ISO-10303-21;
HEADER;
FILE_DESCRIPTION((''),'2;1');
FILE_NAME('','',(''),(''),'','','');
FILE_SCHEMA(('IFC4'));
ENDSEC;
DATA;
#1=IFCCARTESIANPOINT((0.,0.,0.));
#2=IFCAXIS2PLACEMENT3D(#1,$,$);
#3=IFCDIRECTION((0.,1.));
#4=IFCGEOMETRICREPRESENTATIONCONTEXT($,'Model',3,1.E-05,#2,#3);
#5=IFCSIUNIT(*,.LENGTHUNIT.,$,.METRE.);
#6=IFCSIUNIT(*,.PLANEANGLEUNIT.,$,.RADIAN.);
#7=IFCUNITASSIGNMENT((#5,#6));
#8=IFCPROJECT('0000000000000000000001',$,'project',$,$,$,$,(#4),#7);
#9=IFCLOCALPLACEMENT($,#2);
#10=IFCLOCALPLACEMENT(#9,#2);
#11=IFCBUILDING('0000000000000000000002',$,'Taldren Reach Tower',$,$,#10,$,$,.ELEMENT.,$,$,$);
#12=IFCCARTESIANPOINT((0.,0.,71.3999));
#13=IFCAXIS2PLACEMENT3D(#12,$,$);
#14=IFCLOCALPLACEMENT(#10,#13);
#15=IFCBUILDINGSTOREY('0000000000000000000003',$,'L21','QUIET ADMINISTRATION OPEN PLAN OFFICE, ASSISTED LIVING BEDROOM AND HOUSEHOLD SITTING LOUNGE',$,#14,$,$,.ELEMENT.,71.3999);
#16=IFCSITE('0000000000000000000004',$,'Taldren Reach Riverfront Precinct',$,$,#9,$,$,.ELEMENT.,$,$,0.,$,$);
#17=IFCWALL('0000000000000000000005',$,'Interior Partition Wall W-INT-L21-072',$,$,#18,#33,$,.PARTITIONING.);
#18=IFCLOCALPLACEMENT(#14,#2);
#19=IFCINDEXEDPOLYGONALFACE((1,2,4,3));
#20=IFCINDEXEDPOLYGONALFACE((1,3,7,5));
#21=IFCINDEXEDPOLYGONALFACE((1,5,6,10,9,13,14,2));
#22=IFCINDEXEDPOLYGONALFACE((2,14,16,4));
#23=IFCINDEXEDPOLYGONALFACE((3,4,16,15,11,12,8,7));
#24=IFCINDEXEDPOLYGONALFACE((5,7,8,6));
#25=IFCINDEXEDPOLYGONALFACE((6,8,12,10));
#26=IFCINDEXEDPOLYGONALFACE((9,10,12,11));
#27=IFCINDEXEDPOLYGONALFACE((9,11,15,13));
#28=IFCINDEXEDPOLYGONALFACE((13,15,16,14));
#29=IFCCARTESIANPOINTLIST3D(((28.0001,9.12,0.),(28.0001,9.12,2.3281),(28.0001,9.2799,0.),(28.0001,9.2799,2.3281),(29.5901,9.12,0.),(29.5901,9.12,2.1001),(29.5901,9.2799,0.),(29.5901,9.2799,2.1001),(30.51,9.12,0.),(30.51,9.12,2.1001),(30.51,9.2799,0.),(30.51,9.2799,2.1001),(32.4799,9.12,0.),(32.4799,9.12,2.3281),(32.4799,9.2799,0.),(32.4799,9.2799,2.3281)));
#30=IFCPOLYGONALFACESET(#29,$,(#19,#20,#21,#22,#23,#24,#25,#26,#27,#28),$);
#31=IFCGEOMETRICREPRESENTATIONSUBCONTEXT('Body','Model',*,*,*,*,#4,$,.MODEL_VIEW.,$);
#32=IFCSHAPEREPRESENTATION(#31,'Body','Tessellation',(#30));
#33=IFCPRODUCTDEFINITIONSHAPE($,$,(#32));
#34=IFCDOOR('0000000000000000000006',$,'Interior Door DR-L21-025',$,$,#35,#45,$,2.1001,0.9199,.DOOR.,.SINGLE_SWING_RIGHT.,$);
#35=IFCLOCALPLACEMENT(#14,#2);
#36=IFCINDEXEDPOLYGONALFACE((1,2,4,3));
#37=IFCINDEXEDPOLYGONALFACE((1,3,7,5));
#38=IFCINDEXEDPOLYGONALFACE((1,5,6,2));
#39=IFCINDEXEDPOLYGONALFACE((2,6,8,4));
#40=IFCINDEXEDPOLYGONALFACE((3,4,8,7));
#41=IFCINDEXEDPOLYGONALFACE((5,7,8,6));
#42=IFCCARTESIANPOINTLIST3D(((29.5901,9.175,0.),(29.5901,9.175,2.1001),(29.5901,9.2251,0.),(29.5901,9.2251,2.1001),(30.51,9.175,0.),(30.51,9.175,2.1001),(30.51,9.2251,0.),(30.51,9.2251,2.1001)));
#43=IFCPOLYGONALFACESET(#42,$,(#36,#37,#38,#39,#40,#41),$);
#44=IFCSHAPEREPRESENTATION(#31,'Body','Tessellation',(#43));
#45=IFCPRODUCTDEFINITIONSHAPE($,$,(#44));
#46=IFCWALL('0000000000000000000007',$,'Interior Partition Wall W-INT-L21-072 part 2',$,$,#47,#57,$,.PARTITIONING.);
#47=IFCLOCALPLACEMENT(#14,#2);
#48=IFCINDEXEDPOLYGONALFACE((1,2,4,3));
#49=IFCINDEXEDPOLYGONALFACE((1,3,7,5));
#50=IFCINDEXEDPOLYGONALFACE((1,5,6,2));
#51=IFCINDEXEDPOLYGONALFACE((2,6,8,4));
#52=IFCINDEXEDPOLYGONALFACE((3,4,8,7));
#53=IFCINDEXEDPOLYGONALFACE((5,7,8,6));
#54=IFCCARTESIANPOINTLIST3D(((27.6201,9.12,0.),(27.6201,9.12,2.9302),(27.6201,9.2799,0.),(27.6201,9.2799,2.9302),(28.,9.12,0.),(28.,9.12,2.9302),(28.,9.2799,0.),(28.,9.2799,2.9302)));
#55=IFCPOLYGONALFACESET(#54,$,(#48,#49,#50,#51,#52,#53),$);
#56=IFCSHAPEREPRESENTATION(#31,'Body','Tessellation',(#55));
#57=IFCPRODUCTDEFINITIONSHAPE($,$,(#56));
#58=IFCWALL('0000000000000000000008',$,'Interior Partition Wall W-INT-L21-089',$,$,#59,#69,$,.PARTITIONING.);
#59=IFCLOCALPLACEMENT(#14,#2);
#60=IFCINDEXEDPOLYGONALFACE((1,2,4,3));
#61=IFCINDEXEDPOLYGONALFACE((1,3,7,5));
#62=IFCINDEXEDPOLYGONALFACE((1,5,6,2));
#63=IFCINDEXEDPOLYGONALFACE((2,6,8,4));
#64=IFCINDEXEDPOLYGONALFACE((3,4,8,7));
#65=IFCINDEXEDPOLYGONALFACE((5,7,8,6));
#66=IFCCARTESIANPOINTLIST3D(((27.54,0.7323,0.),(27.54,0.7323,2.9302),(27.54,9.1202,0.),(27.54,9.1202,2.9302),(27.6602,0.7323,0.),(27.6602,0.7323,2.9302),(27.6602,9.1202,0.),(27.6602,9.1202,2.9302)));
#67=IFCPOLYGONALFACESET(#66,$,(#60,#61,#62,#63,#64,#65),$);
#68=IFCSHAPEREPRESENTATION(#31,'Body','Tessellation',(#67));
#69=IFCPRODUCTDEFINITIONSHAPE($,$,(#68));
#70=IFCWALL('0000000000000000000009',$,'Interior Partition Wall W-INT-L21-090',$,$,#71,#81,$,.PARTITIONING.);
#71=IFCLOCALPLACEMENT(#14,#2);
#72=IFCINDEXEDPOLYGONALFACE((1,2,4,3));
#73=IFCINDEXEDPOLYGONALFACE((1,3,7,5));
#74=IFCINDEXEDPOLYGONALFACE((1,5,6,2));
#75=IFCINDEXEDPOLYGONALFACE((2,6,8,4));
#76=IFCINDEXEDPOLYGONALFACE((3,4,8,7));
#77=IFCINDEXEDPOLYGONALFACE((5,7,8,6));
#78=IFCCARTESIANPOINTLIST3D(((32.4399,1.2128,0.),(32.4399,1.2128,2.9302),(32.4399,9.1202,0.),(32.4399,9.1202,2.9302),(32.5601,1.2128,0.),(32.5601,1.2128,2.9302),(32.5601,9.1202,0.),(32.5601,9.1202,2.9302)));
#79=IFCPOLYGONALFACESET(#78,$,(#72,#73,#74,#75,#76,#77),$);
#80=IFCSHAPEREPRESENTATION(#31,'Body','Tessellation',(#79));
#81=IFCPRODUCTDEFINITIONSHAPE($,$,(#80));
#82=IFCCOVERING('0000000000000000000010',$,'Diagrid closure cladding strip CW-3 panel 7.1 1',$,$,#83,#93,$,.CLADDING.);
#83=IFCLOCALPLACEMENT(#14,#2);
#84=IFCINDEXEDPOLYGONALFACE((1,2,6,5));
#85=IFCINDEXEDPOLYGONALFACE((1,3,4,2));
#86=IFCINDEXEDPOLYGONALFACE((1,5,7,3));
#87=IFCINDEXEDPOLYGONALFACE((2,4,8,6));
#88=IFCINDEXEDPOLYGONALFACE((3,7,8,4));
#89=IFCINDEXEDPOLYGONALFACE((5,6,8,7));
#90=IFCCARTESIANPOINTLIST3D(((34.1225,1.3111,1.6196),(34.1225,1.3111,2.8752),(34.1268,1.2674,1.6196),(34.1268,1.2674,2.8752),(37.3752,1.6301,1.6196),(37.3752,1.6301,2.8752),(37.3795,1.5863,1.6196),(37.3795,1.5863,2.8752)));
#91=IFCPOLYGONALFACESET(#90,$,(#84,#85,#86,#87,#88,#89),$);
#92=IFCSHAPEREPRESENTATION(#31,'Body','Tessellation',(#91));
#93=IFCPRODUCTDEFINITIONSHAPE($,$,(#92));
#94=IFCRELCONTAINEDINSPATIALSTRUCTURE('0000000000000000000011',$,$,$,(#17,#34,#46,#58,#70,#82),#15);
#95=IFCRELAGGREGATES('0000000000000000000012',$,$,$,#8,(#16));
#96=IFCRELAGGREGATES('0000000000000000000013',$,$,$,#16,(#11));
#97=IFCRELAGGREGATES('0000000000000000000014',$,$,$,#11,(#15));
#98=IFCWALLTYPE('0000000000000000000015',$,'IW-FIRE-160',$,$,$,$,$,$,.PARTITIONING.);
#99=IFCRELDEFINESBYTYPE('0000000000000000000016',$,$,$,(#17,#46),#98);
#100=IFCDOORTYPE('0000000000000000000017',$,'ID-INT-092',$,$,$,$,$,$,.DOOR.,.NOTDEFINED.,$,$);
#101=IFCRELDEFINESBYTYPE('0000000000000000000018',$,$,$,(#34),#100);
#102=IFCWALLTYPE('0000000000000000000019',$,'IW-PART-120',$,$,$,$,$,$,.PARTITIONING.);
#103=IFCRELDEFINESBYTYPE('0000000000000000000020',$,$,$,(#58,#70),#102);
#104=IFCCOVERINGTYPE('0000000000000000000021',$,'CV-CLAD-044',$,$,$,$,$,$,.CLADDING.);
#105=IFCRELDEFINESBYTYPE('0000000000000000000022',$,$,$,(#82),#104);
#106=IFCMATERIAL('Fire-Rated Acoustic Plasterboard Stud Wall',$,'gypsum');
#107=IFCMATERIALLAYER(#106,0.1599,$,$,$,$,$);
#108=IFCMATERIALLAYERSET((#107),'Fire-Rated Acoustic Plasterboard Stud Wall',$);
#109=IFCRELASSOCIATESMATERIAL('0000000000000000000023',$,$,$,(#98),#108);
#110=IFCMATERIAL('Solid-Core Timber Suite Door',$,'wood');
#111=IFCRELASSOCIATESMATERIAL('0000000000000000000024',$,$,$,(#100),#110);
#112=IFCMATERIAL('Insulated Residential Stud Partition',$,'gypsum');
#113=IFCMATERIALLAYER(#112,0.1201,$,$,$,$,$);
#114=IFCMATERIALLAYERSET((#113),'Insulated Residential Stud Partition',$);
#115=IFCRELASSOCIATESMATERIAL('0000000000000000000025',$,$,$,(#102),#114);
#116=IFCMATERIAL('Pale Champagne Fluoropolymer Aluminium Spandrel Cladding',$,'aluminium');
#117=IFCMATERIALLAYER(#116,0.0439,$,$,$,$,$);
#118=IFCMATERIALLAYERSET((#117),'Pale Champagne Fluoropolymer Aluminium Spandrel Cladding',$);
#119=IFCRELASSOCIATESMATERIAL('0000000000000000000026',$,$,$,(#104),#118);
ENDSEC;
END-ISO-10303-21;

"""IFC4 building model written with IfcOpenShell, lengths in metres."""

from ifc_helpers import new_model, si_unit, direction, frame, frame_2d, origin, origin_2d, place, context, subcontext, project, spatial, rectangle, extrude, source, transform, mapped, material, layer, layer_set, type_object, element, fill, save


model = new_model("IFC4")

# Units and contexts
model_context = context("Model", 3, precision=1e-05, world=origin(), true_north=direction((0.0, 1.0)))
body_context = subcontext(model_context, "Body", "Model", "MODEL_VIEW")
ifc_project = project(units=[si_unit("LENGTHUNIT", "METRE"), si_unit("PLANEANGLEUNIT", "RADIAN")], contexts=[model_context])

# Site, building, storey
site_placement = place(None, origin())
site = spatial("IfcSite", under=ifc_project, at=site_placement, Name="Taldren Reach Riverfront Precinct", CompositionType="ELEMENT", RefElevation=0.0)
building_placement = place(site_placement, origin())
building = spatial("IfcBuilding", under=site, at=building_placement, Name="Taldren Reach Tower", CompositionType="ELEMENT")
storey_placement = place(building_placement, frame((0.0, 0.0, 71.3999)))
storey = spatial("IfcBuildingStorey", under=building, at=storey_placement, Name="L21", Description="QUIET ADMINISTRATION OPEN PLAN OFFICE, ASSISTED LIVING BEDROOM AND HOUSEHOLD SITTING LOUNGE", CompositionType="ELEMENT", Elevation=71.3999)

# Shared definitions
ifc_material_1 = material(Name="Fire-Rated Acoustic Plasterboard Stud Wall", Category="gypsum")
ifc_layer_1 = layer(ifc_material_1, 0.1599)
ifc_layer_set_1 = layer_set([ifc_layer_1], Name="Fire-Rated Acoustic Plasterboard Stud Wall")
wall_type_1 = type_object("IfcWallType", Name="IW-FIRE-160", PredefinedType="PARTITIONING", material=ifc_layer_set_1)

# Wall, opening, door
shared_shape_1 = source(origin(), body_context, "Body", "SweptSolid", [
    extrude(rectangle(XDim=0.9199, YDim=2.1001, at=frame_2d((0.46, 1.05))), frame((0.0, 0.0898, 0.0), z_axis=(0.0, -1.0, 0.0), x_axis=(1.0, 0.0, 0.0)), (0.0, 0.0, 1.0), 0.1799),
])
ifc_material_2 = material(Name="Solid-Core Timber Suite Door", Category="wood")
door_type = type_object("IfcDoorType", Name="ID-INT-092", OperationType="NOTDEFINED", PredefinedType="DOOR", material=ifc_material_2)
shared_shape_2 = source(origin(), body_context, "Body", "SweptSolid", [
    extrude(rectangle(XDim=0.9199, YDim=2.1001, at=frame_2d((0.46, 1.05))), frame((0.0, 0.0249, 0.0), z_axis=(0.0, -1.0, 0.0), x_axis=(1.0, 0.0, 0.0)), (0.0, 0.0, 1.0), 0.05),
])
shared_shape_3 = source(origin(), body_context, "Body", "SweptSolid", [
    extrude(rectangle(XDim=4.4797, YDim=0.1599, at=frame_2d((2.2397, 0.0))), origin(), (0.0, 0.0, 1.0), 2.3281),
])
wall_1_placement = place(storey_placement, frame((32.4797, 9.2, 0.0), z_axis=(0.0, 0.0, 1.0), x_axis=(-1.0, 0.0, 0.0)))
wall_1 = element("IfcWall", 1, at=wall_1_placement, inside=storey, type_object=wall_type_1, Name="Interior Partition Wall W-INT-L21-072", PredefinedType="PARTITIONING", context=body_context, shape_type="MappedRepresentation", body=[
    mapped(shared_shape_3, transform((0.0, 0.0, 0.0), scale=1.0)),
])
opening_1_placement = place(wall_1_placement, frame((1.9697, 0.0, 0.0)))
opening_1 = element("IfcOpeningElement", 2, at=opening_1_placement, cuts=wall_1, PredefinedType="OPENING", context=body_context, shape_type="MappedRepresentation", body=[
    mapped(shared_shape_1, transform((0.0, 0.0, 0.0), scale=1.0)),
])
door_1_placement = place(opening_1_placement, origin())
door_1 = element("IfcDoor", 3, at=door_1_placement, inside=storey, type_object=door_type, Name="Interior Door DR-L21-025", OperationType="SINGLE_SWING_RIGHT", OverallHeight=2.1001, OverallWidth=0.9199, PredefinedType="DOOR", context=body_context, shape_type="MappedRepresentation", body=[
    mapped(shared_shape_2, transform((0.0, 0.0, 0.0), scale=1.0)),
])
fill(opening_1, door_1)

# Walls
shared_shape_4 = source(origin(), body_context, "Body", "SweptSolid", [
    extrude(rectangle(XDim=0.3799, YDim=0.1599, at=frame_2d((0.1899, 0.0))), origin(), (0.0, 0.0, 1.0), 2.9302),
])
wall_2_placement = place(storey_placement, frame((28.0, 9.2, 0.0), z_axis=(0.0, 0.0, 1.0), x_axis=(-1.0, 0.0, 0.0)))
element("IfcWall", 4, at=wall_2_placement, inside=storey, type_object=wall_type_1, Name="Interior Partition Wall W-INT-L21-072 part 2", PredefinedType="PARTITIONING", context=body_context, shape_type="MappedRepresentation", body=[
    mapped(shared_shape_4, transform((0.0, 0.0, 0.0), scale=1.0)),
])
ifc_material_3 = material(Name="Insulated Residential Stud Partition", Category="gypsum")
ifc_layer_2 = layer(ifc_material_3, 0.1201)
ifc_layer_set_2 = layer_set([ifc_layer_2], Name="Insulated Residential Stud Partition")
wall_type_2 = type_object("IfcWallType", Name="IW-PART-120", PredefinedType="PARTITIONING", material=ifc_layer_set_2)
shared_shape_5 = source(origin(), body_context, "Body", "SweptSolid", [
    extrude(rectangle(XDim=8.3879, YDim=0.1201, at=frame_2d((4.1938, 0.0))), origin(), (0.0, 0.0, 1.0), 2.9302),
])
wall_3_placement = place(storey_placement, frame((27.6001, 9.1201, 0.0), z_axis=(0.0, 0.0, 1.0), x_axis=(0.0, -1.0, 0.0)))
element("IfcWall", 5, at=wall_3_placement, inside=storey, type_object=wall_type_2, Name="Interior Partition Wall W-INT-L21-089", PredefinedType="PARTITIONING", context=body_context, shape_type="MappedRepresentation", body=[
    mapped(shared_shape_5, transform((0.0, 0.0, 0.0), scale=1.0)),
])
shared_shape_6 = source(origin(), body_context, "Body", "SweptSolid", [
    extrude(rectangle(XDim=7.9075, YDim=0.1201, at=frame_2d((3.9536, 0.0))), origin(), (0.0, 0.0, 1.0), 2.9302),
])
wall_4_placement = place(storey_placement, frame((32.5, 9.1201, 0.0), z_axis=(0.0, 0.0, 1.0), x_axis=(0.0, -1.0, 0.0)))
element("IfcWall", 6, at=wall_4_placement, inside=storey, type_object=wall_type_2, Name="Interior Partition Wall W-INT-L21-090", PredefinedType="PARTITIONING", context=body_context, shape_type="MappedRepresentation", body=[
    mapped(shared_shape_6, transform((0.0, 0.0, 0.0), scale=1.0)),
])

# Covering
ifc_material_4 = material(Name="Pale Champagne Fluoropolymer Aluminium Spandrel Cladding", Category="aluminium")
ifc_layer_3 = layer(ifc_material_4, 0.0439)
ifc_layer_set_3 = layer_set([ifc_layer_3], Name="Pale Champagne Fluoropolymer Aluminium Spandrel Cladding")
covering_type = type_object("IfcCoveringType", Name="CV-CLAD-044", PredefinedType="CLADDING", material=ifc_layer_set_3)
shared_shape_7 = source(origin(), body_context, "Body", "SweptSolid", [
    extrude(rectangle(XDim=3.2683, YDim=0.0439, at=origin_2d()), origin(), (0.0, 0.0, 1.0), 1.2556),
])
covering_placement = place(storey_placement, frame((35.751, 1.4487, 1.6196), z_axis=(0.0, 0.0, 1.0), x_axis=(0.995227, 0.097583, 0.0)))
element("IfcCovering", 7, at=covering_placement, inside=storey, type_object=covering_type, Name="Diagrid closure cladding strip CW-3 panel 7.1 1", PredefinedType="CLADDING", context=body_context, shape_type="MappedRepresentation", body=[
    mapped(shared_shape_7, transform((0.0, 0.0, 0.0), scale=1.0)),
])

save(model, "model.ifc")
